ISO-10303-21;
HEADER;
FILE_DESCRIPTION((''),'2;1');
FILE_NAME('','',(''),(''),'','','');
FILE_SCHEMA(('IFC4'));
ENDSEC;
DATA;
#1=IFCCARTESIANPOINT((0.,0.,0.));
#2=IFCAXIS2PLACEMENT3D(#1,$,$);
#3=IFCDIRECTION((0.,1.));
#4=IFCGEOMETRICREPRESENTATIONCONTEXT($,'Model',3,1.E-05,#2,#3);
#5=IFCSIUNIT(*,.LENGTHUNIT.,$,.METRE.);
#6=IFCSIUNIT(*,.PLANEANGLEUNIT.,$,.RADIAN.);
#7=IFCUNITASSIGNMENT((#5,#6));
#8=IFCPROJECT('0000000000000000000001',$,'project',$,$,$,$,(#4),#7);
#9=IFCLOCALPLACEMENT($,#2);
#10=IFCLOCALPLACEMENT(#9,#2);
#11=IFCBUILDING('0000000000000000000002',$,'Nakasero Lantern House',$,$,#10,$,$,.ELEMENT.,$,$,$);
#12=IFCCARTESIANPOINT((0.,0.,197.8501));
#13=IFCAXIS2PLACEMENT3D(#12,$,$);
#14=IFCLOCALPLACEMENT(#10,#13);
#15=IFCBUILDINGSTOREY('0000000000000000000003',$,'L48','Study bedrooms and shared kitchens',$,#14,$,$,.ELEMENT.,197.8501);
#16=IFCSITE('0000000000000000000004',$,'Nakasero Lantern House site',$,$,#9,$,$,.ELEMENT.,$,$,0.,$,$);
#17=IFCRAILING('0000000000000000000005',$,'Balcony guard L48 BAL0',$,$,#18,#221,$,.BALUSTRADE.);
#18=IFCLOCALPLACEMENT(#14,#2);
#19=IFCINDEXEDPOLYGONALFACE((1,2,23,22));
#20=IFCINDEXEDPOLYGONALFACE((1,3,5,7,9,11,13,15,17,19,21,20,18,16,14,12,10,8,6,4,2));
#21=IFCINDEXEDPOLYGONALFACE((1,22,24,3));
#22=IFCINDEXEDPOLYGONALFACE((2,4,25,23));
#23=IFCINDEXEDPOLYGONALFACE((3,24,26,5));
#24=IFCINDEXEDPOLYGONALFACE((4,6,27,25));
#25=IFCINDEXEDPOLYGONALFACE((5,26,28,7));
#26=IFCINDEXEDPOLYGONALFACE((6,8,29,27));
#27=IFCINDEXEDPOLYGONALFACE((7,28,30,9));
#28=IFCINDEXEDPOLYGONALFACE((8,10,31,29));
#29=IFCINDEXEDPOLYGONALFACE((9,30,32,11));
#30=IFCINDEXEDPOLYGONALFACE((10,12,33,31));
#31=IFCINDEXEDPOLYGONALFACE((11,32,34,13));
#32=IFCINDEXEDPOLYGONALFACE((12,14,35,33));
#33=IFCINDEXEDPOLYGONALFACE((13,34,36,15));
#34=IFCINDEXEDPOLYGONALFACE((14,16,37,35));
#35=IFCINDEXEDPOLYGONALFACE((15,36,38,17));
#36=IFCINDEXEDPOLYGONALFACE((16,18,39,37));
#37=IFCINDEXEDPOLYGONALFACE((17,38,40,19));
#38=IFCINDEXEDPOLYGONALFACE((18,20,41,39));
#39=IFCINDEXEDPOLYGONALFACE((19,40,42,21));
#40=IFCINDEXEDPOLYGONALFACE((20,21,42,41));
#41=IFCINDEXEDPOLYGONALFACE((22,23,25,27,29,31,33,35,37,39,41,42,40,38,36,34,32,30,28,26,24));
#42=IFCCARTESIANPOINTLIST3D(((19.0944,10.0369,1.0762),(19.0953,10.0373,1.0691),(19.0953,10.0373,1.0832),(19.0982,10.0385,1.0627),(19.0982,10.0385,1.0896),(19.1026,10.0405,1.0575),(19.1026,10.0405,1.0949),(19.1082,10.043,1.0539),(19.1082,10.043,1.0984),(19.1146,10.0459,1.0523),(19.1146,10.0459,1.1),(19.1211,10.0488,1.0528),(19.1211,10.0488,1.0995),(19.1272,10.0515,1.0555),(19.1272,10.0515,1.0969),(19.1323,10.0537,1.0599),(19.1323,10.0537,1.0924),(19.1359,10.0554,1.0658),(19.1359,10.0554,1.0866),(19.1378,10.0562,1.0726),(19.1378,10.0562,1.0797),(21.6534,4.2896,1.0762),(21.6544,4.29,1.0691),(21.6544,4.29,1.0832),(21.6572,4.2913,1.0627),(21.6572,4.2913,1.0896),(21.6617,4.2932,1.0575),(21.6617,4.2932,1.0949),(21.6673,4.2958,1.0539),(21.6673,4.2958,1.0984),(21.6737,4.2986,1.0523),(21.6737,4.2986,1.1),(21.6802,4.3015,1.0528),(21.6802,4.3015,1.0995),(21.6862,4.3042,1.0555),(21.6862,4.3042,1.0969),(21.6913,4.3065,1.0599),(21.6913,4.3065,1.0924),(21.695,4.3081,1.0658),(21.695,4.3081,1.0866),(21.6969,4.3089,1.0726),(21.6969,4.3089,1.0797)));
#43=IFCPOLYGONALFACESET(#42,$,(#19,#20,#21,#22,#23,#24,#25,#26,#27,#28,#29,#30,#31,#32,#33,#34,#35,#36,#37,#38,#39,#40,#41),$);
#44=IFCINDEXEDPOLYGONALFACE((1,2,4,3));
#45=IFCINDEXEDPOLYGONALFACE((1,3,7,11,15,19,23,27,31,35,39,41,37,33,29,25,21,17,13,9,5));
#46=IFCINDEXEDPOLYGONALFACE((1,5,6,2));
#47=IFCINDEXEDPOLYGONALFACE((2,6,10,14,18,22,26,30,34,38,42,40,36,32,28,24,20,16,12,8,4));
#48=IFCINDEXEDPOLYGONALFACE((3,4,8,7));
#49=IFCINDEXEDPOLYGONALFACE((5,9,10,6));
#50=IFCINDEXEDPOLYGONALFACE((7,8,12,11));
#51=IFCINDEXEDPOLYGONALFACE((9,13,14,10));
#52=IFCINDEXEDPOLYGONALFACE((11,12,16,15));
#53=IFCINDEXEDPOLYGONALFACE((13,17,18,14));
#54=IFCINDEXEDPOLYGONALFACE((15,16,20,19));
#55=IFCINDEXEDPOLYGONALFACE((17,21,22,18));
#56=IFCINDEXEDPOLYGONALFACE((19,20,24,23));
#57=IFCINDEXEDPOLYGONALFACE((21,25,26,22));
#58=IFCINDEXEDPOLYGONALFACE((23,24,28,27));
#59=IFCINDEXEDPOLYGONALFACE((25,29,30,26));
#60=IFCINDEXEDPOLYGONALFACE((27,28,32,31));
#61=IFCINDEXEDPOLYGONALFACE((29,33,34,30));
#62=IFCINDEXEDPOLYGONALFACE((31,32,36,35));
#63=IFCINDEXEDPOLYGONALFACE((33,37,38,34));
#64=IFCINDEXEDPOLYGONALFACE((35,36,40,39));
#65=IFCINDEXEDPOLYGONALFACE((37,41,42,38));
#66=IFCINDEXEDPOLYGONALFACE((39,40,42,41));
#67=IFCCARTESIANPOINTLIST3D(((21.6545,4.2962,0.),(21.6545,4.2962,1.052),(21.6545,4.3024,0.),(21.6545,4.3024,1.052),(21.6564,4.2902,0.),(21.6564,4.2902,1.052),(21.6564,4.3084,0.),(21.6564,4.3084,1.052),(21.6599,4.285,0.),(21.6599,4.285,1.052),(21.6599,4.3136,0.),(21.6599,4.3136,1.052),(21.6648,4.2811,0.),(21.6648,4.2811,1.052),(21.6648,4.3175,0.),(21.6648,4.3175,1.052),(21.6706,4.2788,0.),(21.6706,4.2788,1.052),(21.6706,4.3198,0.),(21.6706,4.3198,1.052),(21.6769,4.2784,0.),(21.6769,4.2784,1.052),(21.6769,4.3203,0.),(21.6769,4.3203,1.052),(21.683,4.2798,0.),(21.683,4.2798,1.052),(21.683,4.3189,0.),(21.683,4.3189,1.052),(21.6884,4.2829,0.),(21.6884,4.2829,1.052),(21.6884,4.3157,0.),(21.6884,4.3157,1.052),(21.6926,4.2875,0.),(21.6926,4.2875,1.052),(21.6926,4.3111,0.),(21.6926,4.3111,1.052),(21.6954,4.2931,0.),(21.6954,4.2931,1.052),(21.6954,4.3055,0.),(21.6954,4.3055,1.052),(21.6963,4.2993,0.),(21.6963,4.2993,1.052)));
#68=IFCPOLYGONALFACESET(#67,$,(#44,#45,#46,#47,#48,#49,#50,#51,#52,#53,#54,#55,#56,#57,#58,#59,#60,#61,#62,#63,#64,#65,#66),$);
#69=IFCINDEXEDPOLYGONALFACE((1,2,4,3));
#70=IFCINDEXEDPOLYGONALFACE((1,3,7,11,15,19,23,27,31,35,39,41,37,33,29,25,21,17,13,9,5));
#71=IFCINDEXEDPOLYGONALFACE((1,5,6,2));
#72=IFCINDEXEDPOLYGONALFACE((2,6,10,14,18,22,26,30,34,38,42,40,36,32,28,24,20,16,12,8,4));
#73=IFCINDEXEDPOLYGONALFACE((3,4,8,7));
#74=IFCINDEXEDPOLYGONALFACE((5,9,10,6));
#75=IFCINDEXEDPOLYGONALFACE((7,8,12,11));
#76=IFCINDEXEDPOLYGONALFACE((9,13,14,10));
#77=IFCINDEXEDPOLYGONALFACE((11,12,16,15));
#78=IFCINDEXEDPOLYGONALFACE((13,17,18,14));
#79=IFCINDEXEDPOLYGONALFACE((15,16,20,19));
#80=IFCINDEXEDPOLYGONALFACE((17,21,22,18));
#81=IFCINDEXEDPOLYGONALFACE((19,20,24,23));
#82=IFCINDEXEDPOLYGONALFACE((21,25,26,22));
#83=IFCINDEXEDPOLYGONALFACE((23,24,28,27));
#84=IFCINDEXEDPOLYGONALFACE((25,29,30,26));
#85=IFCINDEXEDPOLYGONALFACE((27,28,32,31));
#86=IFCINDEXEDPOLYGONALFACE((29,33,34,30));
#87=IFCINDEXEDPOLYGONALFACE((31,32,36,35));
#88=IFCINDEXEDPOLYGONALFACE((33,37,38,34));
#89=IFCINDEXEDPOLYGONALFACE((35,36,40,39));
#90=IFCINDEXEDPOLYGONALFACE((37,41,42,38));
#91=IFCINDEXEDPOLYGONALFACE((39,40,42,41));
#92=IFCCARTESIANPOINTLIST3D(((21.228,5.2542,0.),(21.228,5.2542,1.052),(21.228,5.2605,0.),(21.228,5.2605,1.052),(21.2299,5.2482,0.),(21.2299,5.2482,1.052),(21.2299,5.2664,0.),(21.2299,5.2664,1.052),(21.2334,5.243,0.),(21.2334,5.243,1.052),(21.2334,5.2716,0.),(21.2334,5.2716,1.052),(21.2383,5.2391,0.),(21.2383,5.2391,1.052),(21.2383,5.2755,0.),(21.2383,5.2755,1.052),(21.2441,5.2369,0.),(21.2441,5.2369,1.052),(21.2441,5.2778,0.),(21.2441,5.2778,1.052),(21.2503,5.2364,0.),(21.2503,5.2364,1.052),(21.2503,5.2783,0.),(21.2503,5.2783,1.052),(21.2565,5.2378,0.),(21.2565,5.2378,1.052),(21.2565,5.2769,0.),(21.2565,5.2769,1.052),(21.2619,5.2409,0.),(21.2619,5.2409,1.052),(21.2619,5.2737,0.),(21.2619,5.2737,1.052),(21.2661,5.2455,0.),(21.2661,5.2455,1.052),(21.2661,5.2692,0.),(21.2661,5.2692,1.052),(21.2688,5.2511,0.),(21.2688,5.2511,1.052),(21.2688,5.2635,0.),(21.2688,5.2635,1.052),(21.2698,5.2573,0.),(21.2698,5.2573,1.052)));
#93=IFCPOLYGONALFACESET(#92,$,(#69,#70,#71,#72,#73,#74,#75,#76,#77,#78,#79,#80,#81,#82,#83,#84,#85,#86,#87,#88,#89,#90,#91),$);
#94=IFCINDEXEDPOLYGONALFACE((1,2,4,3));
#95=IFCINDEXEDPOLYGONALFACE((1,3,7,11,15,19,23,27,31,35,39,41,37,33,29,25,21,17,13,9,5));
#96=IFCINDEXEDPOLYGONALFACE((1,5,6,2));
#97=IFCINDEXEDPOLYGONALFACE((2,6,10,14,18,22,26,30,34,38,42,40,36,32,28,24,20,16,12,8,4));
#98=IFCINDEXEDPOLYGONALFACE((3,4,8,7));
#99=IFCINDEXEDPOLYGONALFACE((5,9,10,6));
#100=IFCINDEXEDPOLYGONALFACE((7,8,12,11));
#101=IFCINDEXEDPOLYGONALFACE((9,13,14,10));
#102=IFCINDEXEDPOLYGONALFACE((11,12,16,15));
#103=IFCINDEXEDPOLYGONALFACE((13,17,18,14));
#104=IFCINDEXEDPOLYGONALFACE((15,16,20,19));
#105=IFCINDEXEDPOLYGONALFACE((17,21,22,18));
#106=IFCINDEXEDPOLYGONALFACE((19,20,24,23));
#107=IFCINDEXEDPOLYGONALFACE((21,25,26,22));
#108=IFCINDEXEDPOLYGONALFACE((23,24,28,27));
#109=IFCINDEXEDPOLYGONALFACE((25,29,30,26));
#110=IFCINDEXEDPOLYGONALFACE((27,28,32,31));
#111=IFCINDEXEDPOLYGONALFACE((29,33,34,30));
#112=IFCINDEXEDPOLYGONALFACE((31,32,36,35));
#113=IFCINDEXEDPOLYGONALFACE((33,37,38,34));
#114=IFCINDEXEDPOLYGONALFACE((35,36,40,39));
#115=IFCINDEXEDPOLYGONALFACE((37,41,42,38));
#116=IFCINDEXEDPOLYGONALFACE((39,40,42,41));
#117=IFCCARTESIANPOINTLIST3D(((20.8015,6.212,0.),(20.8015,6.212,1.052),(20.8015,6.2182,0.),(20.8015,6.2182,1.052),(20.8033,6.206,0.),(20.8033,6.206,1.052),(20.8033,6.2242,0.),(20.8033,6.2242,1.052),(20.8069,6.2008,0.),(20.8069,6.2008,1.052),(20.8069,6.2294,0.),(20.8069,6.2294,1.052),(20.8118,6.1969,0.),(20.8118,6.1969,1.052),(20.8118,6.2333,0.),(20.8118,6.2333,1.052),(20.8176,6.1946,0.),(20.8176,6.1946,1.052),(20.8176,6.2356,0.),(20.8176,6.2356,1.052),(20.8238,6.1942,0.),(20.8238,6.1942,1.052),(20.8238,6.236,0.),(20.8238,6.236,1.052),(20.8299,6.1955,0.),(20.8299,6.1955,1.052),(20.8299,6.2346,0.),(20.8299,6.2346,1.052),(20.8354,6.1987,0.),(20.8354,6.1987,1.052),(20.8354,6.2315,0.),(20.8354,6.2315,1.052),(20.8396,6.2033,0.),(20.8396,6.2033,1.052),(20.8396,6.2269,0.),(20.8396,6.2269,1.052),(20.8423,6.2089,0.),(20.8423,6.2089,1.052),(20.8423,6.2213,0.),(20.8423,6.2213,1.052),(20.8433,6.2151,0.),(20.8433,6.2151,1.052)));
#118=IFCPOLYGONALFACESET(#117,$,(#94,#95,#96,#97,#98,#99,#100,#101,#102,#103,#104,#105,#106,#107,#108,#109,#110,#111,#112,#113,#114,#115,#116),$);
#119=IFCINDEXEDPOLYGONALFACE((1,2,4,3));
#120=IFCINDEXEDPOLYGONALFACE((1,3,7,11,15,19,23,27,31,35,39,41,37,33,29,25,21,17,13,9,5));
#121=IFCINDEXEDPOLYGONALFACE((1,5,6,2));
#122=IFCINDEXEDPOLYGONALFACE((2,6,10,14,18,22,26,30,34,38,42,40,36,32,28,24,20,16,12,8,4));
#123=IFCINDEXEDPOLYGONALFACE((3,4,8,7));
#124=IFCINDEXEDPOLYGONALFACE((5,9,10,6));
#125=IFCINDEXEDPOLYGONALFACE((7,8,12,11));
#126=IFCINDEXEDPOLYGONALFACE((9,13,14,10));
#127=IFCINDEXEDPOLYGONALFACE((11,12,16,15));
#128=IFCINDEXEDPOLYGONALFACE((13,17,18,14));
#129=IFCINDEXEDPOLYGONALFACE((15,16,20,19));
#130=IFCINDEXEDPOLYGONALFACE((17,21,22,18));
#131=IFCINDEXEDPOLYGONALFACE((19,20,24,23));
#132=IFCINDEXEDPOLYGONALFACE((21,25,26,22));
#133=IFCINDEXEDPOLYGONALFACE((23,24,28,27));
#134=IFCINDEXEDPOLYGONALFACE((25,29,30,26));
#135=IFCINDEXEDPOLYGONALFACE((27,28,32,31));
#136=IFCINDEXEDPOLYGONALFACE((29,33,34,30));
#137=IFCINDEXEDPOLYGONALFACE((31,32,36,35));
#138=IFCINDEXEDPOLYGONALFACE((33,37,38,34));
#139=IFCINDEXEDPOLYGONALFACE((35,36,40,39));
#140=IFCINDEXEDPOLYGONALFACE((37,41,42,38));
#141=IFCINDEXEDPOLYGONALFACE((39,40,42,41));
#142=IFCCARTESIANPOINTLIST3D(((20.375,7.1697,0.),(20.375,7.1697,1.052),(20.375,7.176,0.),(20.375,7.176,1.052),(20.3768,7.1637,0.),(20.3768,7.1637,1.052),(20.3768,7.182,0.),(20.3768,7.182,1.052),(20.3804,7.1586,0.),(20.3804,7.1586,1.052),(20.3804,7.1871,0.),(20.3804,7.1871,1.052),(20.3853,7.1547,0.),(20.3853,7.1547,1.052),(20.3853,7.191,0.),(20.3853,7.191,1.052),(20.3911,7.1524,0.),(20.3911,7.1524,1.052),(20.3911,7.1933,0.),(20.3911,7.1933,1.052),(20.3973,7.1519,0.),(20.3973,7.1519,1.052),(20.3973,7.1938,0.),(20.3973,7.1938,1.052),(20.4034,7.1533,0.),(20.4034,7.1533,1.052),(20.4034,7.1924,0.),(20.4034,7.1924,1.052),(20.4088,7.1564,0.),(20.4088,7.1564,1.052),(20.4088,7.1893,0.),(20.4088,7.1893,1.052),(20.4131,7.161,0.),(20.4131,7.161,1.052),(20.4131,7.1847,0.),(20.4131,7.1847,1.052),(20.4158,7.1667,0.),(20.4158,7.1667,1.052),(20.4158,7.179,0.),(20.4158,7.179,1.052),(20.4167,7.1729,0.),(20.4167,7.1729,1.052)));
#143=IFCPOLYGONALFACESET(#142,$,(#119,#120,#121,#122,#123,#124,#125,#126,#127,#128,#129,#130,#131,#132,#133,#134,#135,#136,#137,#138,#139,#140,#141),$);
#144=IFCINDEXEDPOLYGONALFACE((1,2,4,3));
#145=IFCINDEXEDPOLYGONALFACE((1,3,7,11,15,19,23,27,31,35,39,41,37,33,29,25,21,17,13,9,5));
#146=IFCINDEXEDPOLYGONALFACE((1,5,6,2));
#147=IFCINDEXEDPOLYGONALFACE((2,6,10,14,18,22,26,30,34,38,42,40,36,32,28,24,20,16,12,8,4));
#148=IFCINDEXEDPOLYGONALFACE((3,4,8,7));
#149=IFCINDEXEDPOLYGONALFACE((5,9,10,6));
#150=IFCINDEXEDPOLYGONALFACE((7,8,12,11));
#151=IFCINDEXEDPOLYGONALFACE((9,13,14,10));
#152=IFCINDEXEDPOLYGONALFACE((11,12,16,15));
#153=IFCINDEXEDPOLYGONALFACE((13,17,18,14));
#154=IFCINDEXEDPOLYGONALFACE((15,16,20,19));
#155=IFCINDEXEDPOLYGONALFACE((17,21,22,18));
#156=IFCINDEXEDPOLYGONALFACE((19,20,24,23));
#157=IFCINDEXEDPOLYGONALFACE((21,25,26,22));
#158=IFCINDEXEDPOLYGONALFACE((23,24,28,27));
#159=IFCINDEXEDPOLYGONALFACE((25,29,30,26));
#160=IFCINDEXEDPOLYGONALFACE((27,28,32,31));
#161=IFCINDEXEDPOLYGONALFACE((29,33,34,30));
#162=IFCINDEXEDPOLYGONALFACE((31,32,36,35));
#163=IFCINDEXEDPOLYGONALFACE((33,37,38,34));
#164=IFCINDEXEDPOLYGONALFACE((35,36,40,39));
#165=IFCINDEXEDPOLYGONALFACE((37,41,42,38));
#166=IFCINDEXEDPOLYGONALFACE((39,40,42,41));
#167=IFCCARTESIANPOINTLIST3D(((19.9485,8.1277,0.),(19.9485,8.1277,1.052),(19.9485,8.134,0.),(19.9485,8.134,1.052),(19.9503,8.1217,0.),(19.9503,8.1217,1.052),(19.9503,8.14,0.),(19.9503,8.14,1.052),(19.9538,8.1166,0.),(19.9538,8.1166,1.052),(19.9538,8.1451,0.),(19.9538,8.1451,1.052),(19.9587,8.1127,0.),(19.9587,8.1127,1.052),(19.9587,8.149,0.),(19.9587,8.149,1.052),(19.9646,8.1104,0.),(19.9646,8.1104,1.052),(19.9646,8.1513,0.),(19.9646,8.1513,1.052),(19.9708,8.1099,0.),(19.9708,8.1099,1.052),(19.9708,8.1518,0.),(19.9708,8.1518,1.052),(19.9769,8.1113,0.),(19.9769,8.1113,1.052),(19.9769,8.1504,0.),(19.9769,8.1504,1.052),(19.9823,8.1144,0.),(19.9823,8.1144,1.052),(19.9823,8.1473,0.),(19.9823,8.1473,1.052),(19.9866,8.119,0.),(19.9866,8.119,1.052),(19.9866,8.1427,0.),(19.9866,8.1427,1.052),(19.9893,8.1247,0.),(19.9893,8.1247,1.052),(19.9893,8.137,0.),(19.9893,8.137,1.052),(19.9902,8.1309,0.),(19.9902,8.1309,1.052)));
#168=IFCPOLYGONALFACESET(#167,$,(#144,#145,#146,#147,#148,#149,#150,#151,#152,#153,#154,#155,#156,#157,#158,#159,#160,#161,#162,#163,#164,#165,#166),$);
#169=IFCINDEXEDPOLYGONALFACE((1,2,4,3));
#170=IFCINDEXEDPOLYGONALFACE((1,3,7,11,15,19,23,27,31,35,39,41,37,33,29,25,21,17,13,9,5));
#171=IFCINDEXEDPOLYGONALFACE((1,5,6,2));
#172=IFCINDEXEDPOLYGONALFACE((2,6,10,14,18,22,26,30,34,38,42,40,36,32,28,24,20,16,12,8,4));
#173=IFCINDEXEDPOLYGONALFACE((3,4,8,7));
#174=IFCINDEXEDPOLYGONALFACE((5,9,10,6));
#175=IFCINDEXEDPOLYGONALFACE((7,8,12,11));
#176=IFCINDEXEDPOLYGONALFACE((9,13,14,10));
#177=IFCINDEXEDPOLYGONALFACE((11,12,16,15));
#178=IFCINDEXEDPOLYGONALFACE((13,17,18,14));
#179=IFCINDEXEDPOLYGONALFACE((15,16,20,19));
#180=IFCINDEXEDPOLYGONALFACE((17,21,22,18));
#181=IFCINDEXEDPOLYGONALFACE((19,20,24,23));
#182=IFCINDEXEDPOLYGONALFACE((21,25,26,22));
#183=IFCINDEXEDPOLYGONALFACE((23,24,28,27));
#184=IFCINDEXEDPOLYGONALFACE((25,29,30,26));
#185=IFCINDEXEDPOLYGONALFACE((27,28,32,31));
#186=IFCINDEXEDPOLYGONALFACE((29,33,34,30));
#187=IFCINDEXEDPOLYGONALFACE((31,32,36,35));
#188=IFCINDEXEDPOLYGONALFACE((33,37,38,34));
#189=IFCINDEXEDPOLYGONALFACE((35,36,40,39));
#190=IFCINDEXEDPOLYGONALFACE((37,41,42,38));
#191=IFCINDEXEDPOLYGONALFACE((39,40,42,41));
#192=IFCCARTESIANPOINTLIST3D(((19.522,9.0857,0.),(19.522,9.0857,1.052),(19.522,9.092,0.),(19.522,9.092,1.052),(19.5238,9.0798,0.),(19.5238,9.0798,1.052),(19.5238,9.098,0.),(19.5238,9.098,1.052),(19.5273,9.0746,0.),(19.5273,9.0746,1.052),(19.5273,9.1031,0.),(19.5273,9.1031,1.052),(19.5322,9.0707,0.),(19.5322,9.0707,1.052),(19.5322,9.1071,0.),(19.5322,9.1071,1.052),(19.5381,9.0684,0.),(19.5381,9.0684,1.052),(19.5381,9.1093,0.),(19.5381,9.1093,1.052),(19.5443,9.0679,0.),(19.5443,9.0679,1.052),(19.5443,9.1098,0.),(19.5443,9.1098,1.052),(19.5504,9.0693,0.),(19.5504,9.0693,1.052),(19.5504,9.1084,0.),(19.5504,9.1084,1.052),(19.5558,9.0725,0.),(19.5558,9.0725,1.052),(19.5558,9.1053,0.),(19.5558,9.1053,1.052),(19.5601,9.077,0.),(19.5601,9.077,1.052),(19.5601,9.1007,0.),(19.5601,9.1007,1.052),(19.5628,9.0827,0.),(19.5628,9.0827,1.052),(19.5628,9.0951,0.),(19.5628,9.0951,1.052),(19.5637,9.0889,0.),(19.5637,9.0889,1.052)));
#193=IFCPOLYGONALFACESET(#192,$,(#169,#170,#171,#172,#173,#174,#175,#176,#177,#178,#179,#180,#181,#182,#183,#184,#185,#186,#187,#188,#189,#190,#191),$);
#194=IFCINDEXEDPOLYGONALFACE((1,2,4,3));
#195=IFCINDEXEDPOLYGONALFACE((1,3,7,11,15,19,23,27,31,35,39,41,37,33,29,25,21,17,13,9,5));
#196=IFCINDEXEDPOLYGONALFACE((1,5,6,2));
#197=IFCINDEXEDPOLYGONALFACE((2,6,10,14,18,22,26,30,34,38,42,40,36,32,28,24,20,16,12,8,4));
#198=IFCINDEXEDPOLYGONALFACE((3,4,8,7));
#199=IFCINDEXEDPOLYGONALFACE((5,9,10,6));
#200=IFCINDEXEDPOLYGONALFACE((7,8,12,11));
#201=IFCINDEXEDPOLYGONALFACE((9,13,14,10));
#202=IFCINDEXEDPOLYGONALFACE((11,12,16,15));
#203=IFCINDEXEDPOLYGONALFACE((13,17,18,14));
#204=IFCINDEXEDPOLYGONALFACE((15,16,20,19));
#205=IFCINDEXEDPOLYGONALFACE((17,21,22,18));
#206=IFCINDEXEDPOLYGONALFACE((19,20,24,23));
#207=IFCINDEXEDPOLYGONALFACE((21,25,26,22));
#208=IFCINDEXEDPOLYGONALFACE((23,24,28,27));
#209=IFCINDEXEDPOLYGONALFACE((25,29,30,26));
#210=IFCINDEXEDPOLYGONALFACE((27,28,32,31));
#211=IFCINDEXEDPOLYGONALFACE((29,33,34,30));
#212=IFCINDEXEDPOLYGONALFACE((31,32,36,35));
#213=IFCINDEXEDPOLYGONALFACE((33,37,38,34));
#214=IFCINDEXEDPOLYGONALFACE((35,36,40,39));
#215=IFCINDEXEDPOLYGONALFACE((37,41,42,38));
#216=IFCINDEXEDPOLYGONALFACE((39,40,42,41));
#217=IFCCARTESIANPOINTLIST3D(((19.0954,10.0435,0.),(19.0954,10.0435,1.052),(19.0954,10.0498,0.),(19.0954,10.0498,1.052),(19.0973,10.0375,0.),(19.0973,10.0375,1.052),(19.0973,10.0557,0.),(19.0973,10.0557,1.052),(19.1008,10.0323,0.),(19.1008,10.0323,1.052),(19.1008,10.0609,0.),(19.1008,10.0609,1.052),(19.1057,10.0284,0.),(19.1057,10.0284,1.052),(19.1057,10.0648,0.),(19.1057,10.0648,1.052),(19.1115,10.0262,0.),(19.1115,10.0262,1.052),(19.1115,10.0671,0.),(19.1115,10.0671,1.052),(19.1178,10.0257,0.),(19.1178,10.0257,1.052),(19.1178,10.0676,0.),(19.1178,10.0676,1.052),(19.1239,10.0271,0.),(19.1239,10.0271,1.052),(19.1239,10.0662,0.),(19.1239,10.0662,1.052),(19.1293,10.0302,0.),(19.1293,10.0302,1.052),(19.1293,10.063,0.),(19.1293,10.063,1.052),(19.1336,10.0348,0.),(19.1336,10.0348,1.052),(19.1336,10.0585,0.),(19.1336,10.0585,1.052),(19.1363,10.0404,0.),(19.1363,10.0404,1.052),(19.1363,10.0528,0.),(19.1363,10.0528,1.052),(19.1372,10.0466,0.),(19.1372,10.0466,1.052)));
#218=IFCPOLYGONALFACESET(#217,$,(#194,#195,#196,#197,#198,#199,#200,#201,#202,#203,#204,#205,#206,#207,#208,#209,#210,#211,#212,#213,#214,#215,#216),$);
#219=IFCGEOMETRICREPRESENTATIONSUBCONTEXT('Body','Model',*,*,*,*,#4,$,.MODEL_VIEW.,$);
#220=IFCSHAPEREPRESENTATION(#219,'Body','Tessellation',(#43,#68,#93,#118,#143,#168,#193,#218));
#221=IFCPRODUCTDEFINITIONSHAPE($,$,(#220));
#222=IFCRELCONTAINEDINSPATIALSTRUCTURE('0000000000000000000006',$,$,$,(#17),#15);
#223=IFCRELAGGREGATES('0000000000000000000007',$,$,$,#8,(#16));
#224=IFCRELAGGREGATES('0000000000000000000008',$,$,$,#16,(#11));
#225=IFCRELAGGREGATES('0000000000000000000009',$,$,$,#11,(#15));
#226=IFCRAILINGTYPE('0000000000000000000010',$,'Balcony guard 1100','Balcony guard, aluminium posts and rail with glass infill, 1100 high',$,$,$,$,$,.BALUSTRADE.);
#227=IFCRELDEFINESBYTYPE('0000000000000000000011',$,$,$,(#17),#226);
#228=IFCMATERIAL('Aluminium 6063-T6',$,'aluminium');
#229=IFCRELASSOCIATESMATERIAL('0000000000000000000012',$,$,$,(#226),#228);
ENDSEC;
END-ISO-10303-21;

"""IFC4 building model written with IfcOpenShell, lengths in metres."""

from ifc_helpers import new_model, si_unit, direction, frame, origin, origin_2d, place, context, subcontext, project, spatial, circle, extrude, material, type_object, element, save


model = new_model("IFC4")

# Units and contexts
model_context = context("Model", 3, precision=1e-05, world=origin(), true_north=direction((0.0, 1.0)))
body_context = subcontext(model_context, "Body", "Model", "MODEL_VIEW")
ifc_project = project(units=[si_unit("LENGTHUNIT", "METRE"), si_unit("PLANEANGLEUNIT", "RADIAN")], contexts=[model_context])

# Site, building, storey
site_placement = place(None, origin())
site = spatial("IfcSite", under=ifc_project, at=site_placement, Name="Nakasero Lantern House site", CompositionType="ELEMENT", RefElevation=0.0)
building_placement = place(site_placement, origin())
building = spatial("IfcBuilding", under=site, at=building_placement, Name="Nakasero Lantern House", CompositionType="ELEMENT")
storey_placement = place(building_placement, frame((0.0, 0.0, 197.8501)))
storey = spatial("IfcBuildingStorey", under=building, at=storey_placement, Name="L48", Description="Study bedrooms and shared kitchens", CompositionType="ELEMENT", Elevation=197.8501)

# Railing
ifc_material_1 = material(Name="Aluminium 6063-T6", Category="aluminium")
railing_type = type_object("IfcRailingType", Name="Balcony guard 1100", Description="Balcony guard, aluminium posts and rail with glass infill, 1100 high", PredefinedType="BALUSTRADE", material=ifc_material_1)
railing_placement = place(storey_placement, frame((21.6753, 4.2993, 0.0)))
element("IfcRailing", 1, at=railing_placement, inside=storey, type_object=railing_type, Name="Balcony guard L48 BAL0", PredefinedType="BALUSTRADE", context=body_context, shape_type="SweptSolid", body=[
    extrude(circle(Radius=0.0239, at=origin_2d()), frame((0.0, 0.0, 1.0762), z_axis=(-0.406765, 0.913533, 0.0), x_axis=(-0.913533, -0.406765, 0.0)), (0.0, 0.0, 1.0), 6.2913),
    extrude(circle(Radius=0.021, at=origin_2d()), origin(), (0.0, 0.0, 1.0), 1.052),
    extrude(circle(Radius=0.021, at=origin_2d()), frame((-0.4265, 0.958, 0.0)), (0.0, 0.0, 1.0), 1.052),
    extrude(circle(Radius=0.021, at=origin_2d()), frame((-0.853, 1.9158, 0.0)), (0.0, 0.0, 1.0), 1.052),
    extrude(circle(Radius=0.021, at=origin_2d()), frame((-1.2795, 2.8735, 0.0)), (0.0, 0.0, 1.0), 1.052),
    extrude(circle(Radius=0.021, at=origin_2d()), frame((-1.7061, 3.8315, 0.0)), (0.0, 0.0, 1.0), 1.052),
    extrude(circle(Radius=0.021, at=origin_2d()), frame((-2.1326, 4.7896, 0.0)), (0.0, 0.0, 1.0), 1.052),
    extrude(circle(Radius=0.021, at=origin_2d()), frame((-2.5591, 5.7473, 0.0)), (0.0, 0.0, 1.0), 1.052),
])

save(model, "model.ifc")
